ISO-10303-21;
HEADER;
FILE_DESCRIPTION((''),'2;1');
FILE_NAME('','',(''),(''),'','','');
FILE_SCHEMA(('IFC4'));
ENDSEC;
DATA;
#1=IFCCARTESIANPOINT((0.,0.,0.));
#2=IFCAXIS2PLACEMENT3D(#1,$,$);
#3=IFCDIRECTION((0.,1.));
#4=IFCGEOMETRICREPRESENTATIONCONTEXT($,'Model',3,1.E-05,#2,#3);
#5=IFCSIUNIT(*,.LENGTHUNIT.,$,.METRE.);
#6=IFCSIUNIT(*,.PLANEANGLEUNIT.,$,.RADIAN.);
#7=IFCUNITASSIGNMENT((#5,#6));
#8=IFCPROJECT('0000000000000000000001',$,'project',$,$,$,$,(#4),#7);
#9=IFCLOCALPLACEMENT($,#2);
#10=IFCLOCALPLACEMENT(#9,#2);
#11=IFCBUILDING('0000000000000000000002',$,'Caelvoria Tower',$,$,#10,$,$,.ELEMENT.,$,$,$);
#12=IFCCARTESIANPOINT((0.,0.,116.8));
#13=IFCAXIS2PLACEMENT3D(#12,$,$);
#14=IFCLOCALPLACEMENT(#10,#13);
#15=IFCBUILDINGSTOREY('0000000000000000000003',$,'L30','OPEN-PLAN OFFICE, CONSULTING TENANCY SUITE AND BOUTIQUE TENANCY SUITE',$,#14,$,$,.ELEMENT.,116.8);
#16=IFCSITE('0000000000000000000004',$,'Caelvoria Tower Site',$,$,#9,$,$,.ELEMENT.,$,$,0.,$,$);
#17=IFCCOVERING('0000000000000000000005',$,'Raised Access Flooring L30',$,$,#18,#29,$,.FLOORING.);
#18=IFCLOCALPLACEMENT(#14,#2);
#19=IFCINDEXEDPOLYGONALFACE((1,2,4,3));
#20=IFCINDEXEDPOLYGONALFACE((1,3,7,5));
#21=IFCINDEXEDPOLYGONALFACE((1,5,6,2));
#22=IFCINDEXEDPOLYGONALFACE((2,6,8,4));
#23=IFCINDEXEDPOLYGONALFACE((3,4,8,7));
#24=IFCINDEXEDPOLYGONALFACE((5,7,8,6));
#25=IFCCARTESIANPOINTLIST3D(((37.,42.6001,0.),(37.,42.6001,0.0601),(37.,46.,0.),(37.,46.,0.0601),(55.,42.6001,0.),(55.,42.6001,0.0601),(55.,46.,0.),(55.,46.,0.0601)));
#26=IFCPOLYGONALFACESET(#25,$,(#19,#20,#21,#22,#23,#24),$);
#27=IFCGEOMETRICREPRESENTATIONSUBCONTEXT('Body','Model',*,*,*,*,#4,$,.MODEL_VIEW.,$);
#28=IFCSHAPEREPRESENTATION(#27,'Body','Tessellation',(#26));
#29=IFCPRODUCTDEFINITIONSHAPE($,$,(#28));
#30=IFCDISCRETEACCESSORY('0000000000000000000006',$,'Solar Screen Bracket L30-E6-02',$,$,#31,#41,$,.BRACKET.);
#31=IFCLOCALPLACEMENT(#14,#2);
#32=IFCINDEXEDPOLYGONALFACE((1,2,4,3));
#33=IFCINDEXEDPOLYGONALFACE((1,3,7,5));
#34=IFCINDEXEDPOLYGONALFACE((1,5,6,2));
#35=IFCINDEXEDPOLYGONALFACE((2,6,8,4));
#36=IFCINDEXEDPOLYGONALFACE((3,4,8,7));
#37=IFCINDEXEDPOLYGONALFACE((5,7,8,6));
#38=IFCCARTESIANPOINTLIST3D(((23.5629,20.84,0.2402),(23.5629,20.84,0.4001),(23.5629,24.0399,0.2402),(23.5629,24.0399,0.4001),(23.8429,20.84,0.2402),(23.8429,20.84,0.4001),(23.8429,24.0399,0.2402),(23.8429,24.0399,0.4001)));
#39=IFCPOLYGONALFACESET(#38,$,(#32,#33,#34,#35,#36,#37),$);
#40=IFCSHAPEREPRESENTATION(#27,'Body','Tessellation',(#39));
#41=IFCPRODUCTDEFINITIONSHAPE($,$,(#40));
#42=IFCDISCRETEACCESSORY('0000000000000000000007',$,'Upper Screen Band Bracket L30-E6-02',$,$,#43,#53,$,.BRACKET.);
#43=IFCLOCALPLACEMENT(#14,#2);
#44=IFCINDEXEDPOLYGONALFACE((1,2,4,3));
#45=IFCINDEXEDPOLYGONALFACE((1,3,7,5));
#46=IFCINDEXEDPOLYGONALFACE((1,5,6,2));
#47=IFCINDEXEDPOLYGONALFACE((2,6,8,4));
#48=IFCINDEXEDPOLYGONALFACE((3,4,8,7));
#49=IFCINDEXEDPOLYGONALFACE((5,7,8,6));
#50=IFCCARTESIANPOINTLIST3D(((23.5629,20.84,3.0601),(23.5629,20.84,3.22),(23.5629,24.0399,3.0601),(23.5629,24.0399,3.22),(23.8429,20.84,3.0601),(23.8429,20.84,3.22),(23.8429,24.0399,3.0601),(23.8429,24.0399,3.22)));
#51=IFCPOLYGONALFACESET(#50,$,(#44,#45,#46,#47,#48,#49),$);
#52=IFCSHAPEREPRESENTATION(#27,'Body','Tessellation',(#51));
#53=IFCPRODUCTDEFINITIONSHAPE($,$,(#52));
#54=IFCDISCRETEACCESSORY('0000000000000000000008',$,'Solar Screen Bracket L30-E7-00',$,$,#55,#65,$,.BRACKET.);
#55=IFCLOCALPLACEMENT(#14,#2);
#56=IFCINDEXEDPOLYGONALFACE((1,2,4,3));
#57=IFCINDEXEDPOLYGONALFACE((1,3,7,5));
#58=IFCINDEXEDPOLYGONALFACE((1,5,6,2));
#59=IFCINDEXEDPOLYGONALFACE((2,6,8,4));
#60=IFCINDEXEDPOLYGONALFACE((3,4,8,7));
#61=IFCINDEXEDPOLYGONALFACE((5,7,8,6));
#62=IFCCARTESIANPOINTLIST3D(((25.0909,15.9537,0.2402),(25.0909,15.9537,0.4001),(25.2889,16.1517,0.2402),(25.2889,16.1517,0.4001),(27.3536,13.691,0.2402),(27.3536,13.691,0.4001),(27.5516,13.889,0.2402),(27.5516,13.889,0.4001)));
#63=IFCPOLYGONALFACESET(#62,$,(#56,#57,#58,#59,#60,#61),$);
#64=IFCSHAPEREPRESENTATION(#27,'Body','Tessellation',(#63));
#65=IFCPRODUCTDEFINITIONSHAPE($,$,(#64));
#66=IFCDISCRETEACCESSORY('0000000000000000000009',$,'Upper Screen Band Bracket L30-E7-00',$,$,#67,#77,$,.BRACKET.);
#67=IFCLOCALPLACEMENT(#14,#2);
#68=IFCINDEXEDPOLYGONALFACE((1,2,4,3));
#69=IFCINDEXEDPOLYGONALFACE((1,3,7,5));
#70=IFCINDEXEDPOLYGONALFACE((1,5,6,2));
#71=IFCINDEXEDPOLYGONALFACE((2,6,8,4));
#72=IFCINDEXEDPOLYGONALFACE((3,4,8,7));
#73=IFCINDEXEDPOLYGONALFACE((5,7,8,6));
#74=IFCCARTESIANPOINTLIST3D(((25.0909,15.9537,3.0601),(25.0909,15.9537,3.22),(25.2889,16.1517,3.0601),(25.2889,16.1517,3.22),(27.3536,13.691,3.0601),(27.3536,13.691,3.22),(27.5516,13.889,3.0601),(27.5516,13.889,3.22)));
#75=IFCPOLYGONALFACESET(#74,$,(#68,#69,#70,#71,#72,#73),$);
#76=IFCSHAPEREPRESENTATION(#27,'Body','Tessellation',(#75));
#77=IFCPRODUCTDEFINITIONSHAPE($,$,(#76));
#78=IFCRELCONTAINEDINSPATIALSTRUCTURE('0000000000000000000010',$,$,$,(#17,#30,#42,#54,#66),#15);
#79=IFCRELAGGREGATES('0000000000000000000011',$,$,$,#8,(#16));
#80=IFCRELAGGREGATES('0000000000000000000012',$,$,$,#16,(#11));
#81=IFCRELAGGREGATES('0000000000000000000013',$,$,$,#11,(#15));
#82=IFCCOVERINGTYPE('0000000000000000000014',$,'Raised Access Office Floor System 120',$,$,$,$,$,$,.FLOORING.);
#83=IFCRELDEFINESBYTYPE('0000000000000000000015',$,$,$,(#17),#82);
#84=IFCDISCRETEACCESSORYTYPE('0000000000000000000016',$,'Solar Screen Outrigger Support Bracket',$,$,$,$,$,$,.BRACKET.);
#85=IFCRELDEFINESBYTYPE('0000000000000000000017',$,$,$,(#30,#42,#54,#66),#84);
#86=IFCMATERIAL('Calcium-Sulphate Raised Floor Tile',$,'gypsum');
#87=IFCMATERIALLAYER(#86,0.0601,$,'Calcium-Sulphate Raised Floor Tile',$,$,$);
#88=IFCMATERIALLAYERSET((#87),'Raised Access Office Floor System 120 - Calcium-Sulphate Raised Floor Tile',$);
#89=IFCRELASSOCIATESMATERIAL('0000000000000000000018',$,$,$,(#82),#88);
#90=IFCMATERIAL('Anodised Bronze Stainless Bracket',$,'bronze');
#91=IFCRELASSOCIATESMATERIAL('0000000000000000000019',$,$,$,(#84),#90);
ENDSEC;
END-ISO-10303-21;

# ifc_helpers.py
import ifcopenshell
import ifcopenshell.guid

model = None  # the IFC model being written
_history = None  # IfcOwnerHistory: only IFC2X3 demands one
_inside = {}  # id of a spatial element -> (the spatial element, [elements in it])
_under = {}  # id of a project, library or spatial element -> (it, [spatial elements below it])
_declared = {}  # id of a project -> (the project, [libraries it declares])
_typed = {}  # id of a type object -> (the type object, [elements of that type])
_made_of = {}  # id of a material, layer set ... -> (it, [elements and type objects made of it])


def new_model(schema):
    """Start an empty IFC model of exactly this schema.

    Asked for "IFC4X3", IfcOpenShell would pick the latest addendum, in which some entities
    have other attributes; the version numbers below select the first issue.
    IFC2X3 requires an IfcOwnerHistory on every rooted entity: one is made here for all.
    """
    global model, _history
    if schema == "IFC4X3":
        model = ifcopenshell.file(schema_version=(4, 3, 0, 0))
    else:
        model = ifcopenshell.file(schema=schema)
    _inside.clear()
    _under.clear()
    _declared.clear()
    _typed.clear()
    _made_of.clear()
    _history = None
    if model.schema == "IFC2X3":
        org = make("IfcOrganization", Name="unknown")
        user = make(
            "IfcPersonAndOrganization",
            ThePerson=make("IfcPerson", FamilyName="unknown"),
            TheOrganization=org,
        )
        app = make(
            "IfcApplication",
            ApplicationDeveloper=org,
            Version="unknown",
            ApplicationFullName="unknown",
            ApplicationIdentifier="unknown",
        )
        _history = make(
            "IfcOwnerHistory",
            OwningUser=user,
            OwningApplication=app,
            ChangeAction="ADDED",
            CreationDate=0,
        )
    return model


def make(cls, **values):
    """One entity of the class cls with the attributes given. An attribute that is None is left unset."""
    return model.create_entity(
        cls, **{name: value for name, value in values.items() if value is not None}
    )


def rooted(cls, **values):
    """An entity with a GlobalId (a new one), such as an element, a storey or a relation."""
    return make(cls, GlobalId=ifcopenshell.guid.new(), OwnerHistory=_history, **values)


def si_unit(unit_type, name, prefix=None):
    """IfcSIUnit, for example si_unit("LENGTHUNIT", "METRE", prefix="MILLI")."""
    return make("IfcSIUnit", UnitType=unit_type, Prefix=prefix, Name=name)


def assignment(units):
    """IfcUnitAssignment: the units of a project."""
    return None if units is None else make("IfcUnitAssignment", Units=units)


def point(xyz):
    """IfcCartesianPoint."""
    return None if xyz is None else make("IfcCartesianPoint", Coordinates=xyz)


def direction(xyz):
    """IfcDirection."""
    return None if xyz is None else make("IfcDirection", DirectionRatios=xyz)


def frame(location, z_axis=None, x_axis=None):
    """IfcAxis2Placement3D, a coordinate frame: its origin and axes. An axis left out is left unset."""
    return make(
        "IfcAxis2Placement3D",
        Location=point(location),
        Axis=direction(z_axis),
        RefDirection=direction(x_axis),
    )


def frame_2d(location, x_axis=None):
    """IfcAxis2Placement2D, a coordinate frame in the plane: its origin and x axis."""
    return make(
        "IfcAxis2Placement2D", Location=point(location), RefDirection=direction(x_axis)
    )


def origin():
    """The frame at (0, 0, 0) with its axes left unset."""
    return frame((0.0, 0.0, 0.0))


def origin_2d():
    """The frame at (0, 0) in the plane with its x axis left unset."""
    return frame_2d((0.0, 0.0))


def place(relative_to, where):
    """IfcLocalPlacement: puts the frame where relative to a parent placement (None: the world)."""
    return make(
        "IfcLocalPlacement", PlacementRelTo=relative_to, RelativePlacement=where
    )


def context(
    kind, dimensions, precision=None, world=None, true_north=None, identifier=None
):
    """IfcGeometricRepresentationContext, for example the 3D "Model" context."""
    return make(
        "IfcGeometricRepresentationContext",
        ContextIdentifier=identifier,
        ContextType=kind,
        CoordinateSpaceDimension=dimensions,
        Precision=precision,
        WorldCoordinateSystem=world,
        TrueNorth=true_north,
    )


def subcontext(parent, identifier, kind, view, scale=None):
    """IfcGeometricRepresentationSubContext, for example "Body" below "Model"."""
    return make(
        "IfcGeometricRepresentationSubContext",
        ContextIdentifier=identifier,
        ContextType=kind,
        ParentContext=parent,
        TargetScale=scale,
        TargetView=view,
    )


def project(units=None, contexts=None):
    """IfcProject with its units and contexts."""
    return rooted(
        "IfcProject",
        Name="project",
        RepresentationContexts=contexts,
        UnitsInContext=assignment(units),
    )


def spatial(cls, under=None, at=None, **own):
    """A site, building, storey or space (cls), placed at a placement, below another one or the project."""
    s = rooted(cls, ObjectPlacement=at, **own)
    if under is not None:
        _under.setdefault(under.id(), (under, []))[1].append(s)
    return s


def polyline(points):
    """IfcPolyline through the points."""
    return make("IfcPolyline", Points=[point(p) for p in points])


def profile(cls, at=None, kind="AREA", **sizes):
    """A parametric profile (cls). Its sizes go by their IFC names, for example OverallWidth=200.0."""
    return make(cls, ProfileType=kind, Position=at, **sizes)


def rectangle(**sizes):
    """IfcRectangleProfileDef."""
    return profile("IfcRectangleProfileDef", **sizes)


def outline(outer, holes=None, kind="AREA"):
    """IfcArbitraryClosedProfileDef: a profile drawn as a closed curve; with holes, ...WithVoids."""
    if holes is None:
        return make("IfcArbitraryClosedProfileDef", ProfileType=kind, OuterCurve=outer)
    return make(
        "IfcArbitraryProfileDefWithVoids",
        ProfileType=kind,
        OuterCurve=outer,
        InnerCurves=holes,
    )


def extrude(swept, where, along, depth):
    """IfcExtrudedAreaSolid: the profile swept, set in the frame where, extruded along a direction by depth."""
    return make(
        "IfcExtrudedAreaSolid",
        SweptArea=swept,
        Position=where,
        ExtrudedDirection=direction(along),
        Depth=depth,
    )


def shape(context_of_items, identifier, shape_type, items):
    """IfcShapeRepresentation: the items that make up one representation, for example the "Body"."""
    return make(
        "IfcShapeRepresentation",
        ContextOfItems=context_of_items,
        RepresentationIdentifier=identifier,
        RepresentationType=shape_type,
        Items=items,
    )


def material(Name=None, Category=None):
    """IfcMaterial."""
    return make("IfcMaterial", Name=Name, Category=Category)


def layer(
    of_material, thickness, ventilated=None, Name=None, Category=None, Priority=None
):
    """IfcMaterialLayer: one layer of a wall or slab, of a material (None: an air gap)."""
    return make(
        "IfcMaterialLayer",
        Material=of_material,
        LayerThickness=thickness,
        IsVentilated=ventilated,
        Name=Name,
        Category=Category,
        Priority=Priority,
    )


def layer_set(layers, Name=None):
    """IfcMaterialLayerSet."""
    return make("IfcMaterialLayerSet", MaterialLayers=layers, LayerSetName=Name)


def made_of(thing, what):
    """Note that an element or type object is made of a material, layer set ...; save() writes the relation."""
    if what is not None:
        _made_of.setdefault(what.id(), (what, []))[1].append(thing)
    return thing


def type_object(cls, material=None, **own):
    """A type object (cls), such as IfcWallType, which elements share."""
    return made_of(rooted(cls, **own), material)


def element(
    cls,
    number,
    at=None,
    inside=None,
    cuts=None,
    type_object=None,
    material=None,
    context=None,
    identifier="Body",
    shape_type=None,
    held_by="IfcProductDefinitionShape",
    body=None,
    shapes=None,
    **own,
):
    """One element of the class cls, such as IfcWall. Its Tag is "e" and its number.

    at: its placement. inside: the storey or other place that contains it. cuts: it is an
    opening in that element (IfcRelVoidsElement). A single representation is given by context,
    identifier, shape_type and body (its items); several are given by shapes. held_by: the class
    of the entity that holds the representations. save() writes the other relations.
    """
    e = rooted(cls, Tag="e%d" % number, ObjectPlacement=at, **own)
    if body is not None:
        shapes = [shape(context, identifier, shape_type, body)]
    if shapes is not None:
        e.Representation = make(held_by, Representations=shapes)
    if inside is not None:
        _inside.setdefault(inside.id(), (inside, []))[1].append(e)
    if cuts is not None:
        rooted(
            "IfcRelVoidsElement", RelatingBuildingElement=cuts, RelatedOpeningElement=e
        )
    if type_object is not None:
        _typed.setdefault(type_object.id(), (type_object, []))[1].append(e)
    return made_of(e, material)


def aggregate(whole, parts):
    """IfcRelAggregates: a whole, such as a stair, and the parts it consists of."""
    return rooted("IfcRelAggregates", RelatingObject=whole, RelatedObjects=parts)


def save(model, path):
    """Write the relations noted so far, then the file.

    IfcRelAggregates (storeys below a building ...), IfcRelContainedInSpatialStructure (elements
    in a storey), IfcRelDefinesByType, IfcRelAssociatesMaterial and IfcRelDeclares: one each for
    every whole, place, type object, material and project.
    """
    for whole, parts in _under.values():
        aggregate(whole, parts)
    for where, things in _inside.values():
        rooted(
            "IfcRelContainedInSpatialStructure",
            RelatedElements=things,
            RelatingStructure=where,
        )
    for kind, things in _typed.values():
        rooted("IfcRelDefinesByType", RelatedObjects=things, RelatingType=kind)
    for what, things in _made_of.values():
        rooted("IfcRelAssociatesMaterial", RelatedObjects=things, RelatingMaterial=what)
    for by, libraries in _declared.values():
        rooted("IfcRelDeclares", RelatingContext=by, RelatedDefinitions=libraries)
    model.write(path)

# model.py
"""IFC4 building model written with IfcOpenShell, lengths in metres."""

from ifc_helpers import new_model, si_unit, direction, frame, origin, origin_2d, place, context, subcontext, project, spatial, polyline, rectangle, outline, extrude, material, layer, layer_set, type_object, element, save


model = new_model("IFC4")

# Units and contexts
model_context = context("Model", 3, precision=1e-05, world=origin(), true_north=direction((0.0, 1.0)))
body_context = subcontext(model_context, "Body", "Model", "MODEL_VIEW")
ifc_project = project(units=[si_unit("LENGTHUNIT", "METRE"), si_unit("PLANEANGLEUNIT", "RADIAN")], contexts=[model_context])

# Site, building, storey
site_placement = place(None, origin())
site = spatial("IfcSite", under=ifc_project, at=site_placement, Name="Caelvoria Tower Site", CompositionType="ELEMENT", RefElevation=0.0)
building_placement = place(site_placement, origin())
building = spatial("IfcBuilding", under=site, at=building_placement, Name="Caelvoria Tower", CompositionType="ELEMENT")
storey_placement = place(building_placement, frame((0.0, 0.0, 116.8)))
storey = spatial("IfcBuildingStorey", under=building, at=storey_placement, Name="L30", Description="OPEN-PLAN OFFICE, CONSULTING TENANCY SUITE AND BOUTIQUE TENANCY SUITE", CompositionType="ELEMENT", Elevation=116.8)

# Covering
ifc_material_1 = material(Name="Calcium-Sulphate Raised Floor Tile", Category="gypsum")
ifc_layer_1 = layer(ifc_material_1, 0.0601, Name="Calcium-Sulphate Raised Floor Tile")
ifc_layer_set_1 = layer_set([ifc_layer_1], Name="Raised Access Office Floor System 120 - Calcium-Sulphate Raised Floor Tile")
covering_type_1 = type_object("IfcCoveringType", Name="Raised Access Office Floor System 120", PredefinedType="FLOORING", material=ifc_layer_set_1)
covering_1_placement = place(storey_placement, origin())
element("IfcCovering", 1, at=covering_1_placement, inside=storey, type_object=covering_type_1, Name="Raised Access Flooring L30", PredefinedType="FLOORING", context=body_context, shape_type="SweptSolid", body=[
    extrude(outline(polyline([(37.0, 42.6001), (55.0, 42.6001), (55.0, 46.0), (37.0, 46.0), (37.0, 42.6001)])), origin(), (0.0, 0.0, 1.0), 0.0601),
])

# Discrete accessories
ifc_material_2 = material(Name="Anodised Bronze Stainless Bracket", Category="bronze")
discrete_accessory_type = type_object("IfcDiscreteAccessoryType", Name="Solar Screen Outrigger Support Bracket", PredefinedType="BRACKET", material=ifc_material_2)
for number, where, z_axis, x_axis, name in (
    (2, (23.7029, 22.4399, 0.2402), (0.0, 0.0, 1.0), (0.0, -1.0, 0.0), "Solar Screen Bracket L30-E6-02"),
    (3, (23.7029, 22.4399, 3.0601), (0.0, 0.0, 1.0), (0.0, -1.0, 0.0), "Upper Screen Band Bracket L30-E6-02"),
    (4, (26.3213, 14.9214, 0.2402), (0.0, 0.0, 1.0), (0.707107, -0.707107, 0.0), "Solar Screen Bracket L30-E7-00"),
    (5, (26.3213, 14.9214, 3.0601), (0.0, 0.0, 1.0), (0.707107, -0.707107, 0.0), "Upper Screen Band Bracket L30-E7-00"),
):
    element("IfcDiscreteAccessory", number, at=place(storey_placement, frame(where, z_axis=z_axis, x_axis=x_axis)), inside=storey, type_object=discrete_accessory_type, Name=name, PredefinedType="BRACKET", context=body_context, shape_type="SweptSolid", body=[
        extrude(rectangle(XDim=3.2, YDim=0.28, at=origin_2d()), origin(), (0.0, 0.0, 1.0), 0.1599),
    ])

save(model, "model.ifc")
